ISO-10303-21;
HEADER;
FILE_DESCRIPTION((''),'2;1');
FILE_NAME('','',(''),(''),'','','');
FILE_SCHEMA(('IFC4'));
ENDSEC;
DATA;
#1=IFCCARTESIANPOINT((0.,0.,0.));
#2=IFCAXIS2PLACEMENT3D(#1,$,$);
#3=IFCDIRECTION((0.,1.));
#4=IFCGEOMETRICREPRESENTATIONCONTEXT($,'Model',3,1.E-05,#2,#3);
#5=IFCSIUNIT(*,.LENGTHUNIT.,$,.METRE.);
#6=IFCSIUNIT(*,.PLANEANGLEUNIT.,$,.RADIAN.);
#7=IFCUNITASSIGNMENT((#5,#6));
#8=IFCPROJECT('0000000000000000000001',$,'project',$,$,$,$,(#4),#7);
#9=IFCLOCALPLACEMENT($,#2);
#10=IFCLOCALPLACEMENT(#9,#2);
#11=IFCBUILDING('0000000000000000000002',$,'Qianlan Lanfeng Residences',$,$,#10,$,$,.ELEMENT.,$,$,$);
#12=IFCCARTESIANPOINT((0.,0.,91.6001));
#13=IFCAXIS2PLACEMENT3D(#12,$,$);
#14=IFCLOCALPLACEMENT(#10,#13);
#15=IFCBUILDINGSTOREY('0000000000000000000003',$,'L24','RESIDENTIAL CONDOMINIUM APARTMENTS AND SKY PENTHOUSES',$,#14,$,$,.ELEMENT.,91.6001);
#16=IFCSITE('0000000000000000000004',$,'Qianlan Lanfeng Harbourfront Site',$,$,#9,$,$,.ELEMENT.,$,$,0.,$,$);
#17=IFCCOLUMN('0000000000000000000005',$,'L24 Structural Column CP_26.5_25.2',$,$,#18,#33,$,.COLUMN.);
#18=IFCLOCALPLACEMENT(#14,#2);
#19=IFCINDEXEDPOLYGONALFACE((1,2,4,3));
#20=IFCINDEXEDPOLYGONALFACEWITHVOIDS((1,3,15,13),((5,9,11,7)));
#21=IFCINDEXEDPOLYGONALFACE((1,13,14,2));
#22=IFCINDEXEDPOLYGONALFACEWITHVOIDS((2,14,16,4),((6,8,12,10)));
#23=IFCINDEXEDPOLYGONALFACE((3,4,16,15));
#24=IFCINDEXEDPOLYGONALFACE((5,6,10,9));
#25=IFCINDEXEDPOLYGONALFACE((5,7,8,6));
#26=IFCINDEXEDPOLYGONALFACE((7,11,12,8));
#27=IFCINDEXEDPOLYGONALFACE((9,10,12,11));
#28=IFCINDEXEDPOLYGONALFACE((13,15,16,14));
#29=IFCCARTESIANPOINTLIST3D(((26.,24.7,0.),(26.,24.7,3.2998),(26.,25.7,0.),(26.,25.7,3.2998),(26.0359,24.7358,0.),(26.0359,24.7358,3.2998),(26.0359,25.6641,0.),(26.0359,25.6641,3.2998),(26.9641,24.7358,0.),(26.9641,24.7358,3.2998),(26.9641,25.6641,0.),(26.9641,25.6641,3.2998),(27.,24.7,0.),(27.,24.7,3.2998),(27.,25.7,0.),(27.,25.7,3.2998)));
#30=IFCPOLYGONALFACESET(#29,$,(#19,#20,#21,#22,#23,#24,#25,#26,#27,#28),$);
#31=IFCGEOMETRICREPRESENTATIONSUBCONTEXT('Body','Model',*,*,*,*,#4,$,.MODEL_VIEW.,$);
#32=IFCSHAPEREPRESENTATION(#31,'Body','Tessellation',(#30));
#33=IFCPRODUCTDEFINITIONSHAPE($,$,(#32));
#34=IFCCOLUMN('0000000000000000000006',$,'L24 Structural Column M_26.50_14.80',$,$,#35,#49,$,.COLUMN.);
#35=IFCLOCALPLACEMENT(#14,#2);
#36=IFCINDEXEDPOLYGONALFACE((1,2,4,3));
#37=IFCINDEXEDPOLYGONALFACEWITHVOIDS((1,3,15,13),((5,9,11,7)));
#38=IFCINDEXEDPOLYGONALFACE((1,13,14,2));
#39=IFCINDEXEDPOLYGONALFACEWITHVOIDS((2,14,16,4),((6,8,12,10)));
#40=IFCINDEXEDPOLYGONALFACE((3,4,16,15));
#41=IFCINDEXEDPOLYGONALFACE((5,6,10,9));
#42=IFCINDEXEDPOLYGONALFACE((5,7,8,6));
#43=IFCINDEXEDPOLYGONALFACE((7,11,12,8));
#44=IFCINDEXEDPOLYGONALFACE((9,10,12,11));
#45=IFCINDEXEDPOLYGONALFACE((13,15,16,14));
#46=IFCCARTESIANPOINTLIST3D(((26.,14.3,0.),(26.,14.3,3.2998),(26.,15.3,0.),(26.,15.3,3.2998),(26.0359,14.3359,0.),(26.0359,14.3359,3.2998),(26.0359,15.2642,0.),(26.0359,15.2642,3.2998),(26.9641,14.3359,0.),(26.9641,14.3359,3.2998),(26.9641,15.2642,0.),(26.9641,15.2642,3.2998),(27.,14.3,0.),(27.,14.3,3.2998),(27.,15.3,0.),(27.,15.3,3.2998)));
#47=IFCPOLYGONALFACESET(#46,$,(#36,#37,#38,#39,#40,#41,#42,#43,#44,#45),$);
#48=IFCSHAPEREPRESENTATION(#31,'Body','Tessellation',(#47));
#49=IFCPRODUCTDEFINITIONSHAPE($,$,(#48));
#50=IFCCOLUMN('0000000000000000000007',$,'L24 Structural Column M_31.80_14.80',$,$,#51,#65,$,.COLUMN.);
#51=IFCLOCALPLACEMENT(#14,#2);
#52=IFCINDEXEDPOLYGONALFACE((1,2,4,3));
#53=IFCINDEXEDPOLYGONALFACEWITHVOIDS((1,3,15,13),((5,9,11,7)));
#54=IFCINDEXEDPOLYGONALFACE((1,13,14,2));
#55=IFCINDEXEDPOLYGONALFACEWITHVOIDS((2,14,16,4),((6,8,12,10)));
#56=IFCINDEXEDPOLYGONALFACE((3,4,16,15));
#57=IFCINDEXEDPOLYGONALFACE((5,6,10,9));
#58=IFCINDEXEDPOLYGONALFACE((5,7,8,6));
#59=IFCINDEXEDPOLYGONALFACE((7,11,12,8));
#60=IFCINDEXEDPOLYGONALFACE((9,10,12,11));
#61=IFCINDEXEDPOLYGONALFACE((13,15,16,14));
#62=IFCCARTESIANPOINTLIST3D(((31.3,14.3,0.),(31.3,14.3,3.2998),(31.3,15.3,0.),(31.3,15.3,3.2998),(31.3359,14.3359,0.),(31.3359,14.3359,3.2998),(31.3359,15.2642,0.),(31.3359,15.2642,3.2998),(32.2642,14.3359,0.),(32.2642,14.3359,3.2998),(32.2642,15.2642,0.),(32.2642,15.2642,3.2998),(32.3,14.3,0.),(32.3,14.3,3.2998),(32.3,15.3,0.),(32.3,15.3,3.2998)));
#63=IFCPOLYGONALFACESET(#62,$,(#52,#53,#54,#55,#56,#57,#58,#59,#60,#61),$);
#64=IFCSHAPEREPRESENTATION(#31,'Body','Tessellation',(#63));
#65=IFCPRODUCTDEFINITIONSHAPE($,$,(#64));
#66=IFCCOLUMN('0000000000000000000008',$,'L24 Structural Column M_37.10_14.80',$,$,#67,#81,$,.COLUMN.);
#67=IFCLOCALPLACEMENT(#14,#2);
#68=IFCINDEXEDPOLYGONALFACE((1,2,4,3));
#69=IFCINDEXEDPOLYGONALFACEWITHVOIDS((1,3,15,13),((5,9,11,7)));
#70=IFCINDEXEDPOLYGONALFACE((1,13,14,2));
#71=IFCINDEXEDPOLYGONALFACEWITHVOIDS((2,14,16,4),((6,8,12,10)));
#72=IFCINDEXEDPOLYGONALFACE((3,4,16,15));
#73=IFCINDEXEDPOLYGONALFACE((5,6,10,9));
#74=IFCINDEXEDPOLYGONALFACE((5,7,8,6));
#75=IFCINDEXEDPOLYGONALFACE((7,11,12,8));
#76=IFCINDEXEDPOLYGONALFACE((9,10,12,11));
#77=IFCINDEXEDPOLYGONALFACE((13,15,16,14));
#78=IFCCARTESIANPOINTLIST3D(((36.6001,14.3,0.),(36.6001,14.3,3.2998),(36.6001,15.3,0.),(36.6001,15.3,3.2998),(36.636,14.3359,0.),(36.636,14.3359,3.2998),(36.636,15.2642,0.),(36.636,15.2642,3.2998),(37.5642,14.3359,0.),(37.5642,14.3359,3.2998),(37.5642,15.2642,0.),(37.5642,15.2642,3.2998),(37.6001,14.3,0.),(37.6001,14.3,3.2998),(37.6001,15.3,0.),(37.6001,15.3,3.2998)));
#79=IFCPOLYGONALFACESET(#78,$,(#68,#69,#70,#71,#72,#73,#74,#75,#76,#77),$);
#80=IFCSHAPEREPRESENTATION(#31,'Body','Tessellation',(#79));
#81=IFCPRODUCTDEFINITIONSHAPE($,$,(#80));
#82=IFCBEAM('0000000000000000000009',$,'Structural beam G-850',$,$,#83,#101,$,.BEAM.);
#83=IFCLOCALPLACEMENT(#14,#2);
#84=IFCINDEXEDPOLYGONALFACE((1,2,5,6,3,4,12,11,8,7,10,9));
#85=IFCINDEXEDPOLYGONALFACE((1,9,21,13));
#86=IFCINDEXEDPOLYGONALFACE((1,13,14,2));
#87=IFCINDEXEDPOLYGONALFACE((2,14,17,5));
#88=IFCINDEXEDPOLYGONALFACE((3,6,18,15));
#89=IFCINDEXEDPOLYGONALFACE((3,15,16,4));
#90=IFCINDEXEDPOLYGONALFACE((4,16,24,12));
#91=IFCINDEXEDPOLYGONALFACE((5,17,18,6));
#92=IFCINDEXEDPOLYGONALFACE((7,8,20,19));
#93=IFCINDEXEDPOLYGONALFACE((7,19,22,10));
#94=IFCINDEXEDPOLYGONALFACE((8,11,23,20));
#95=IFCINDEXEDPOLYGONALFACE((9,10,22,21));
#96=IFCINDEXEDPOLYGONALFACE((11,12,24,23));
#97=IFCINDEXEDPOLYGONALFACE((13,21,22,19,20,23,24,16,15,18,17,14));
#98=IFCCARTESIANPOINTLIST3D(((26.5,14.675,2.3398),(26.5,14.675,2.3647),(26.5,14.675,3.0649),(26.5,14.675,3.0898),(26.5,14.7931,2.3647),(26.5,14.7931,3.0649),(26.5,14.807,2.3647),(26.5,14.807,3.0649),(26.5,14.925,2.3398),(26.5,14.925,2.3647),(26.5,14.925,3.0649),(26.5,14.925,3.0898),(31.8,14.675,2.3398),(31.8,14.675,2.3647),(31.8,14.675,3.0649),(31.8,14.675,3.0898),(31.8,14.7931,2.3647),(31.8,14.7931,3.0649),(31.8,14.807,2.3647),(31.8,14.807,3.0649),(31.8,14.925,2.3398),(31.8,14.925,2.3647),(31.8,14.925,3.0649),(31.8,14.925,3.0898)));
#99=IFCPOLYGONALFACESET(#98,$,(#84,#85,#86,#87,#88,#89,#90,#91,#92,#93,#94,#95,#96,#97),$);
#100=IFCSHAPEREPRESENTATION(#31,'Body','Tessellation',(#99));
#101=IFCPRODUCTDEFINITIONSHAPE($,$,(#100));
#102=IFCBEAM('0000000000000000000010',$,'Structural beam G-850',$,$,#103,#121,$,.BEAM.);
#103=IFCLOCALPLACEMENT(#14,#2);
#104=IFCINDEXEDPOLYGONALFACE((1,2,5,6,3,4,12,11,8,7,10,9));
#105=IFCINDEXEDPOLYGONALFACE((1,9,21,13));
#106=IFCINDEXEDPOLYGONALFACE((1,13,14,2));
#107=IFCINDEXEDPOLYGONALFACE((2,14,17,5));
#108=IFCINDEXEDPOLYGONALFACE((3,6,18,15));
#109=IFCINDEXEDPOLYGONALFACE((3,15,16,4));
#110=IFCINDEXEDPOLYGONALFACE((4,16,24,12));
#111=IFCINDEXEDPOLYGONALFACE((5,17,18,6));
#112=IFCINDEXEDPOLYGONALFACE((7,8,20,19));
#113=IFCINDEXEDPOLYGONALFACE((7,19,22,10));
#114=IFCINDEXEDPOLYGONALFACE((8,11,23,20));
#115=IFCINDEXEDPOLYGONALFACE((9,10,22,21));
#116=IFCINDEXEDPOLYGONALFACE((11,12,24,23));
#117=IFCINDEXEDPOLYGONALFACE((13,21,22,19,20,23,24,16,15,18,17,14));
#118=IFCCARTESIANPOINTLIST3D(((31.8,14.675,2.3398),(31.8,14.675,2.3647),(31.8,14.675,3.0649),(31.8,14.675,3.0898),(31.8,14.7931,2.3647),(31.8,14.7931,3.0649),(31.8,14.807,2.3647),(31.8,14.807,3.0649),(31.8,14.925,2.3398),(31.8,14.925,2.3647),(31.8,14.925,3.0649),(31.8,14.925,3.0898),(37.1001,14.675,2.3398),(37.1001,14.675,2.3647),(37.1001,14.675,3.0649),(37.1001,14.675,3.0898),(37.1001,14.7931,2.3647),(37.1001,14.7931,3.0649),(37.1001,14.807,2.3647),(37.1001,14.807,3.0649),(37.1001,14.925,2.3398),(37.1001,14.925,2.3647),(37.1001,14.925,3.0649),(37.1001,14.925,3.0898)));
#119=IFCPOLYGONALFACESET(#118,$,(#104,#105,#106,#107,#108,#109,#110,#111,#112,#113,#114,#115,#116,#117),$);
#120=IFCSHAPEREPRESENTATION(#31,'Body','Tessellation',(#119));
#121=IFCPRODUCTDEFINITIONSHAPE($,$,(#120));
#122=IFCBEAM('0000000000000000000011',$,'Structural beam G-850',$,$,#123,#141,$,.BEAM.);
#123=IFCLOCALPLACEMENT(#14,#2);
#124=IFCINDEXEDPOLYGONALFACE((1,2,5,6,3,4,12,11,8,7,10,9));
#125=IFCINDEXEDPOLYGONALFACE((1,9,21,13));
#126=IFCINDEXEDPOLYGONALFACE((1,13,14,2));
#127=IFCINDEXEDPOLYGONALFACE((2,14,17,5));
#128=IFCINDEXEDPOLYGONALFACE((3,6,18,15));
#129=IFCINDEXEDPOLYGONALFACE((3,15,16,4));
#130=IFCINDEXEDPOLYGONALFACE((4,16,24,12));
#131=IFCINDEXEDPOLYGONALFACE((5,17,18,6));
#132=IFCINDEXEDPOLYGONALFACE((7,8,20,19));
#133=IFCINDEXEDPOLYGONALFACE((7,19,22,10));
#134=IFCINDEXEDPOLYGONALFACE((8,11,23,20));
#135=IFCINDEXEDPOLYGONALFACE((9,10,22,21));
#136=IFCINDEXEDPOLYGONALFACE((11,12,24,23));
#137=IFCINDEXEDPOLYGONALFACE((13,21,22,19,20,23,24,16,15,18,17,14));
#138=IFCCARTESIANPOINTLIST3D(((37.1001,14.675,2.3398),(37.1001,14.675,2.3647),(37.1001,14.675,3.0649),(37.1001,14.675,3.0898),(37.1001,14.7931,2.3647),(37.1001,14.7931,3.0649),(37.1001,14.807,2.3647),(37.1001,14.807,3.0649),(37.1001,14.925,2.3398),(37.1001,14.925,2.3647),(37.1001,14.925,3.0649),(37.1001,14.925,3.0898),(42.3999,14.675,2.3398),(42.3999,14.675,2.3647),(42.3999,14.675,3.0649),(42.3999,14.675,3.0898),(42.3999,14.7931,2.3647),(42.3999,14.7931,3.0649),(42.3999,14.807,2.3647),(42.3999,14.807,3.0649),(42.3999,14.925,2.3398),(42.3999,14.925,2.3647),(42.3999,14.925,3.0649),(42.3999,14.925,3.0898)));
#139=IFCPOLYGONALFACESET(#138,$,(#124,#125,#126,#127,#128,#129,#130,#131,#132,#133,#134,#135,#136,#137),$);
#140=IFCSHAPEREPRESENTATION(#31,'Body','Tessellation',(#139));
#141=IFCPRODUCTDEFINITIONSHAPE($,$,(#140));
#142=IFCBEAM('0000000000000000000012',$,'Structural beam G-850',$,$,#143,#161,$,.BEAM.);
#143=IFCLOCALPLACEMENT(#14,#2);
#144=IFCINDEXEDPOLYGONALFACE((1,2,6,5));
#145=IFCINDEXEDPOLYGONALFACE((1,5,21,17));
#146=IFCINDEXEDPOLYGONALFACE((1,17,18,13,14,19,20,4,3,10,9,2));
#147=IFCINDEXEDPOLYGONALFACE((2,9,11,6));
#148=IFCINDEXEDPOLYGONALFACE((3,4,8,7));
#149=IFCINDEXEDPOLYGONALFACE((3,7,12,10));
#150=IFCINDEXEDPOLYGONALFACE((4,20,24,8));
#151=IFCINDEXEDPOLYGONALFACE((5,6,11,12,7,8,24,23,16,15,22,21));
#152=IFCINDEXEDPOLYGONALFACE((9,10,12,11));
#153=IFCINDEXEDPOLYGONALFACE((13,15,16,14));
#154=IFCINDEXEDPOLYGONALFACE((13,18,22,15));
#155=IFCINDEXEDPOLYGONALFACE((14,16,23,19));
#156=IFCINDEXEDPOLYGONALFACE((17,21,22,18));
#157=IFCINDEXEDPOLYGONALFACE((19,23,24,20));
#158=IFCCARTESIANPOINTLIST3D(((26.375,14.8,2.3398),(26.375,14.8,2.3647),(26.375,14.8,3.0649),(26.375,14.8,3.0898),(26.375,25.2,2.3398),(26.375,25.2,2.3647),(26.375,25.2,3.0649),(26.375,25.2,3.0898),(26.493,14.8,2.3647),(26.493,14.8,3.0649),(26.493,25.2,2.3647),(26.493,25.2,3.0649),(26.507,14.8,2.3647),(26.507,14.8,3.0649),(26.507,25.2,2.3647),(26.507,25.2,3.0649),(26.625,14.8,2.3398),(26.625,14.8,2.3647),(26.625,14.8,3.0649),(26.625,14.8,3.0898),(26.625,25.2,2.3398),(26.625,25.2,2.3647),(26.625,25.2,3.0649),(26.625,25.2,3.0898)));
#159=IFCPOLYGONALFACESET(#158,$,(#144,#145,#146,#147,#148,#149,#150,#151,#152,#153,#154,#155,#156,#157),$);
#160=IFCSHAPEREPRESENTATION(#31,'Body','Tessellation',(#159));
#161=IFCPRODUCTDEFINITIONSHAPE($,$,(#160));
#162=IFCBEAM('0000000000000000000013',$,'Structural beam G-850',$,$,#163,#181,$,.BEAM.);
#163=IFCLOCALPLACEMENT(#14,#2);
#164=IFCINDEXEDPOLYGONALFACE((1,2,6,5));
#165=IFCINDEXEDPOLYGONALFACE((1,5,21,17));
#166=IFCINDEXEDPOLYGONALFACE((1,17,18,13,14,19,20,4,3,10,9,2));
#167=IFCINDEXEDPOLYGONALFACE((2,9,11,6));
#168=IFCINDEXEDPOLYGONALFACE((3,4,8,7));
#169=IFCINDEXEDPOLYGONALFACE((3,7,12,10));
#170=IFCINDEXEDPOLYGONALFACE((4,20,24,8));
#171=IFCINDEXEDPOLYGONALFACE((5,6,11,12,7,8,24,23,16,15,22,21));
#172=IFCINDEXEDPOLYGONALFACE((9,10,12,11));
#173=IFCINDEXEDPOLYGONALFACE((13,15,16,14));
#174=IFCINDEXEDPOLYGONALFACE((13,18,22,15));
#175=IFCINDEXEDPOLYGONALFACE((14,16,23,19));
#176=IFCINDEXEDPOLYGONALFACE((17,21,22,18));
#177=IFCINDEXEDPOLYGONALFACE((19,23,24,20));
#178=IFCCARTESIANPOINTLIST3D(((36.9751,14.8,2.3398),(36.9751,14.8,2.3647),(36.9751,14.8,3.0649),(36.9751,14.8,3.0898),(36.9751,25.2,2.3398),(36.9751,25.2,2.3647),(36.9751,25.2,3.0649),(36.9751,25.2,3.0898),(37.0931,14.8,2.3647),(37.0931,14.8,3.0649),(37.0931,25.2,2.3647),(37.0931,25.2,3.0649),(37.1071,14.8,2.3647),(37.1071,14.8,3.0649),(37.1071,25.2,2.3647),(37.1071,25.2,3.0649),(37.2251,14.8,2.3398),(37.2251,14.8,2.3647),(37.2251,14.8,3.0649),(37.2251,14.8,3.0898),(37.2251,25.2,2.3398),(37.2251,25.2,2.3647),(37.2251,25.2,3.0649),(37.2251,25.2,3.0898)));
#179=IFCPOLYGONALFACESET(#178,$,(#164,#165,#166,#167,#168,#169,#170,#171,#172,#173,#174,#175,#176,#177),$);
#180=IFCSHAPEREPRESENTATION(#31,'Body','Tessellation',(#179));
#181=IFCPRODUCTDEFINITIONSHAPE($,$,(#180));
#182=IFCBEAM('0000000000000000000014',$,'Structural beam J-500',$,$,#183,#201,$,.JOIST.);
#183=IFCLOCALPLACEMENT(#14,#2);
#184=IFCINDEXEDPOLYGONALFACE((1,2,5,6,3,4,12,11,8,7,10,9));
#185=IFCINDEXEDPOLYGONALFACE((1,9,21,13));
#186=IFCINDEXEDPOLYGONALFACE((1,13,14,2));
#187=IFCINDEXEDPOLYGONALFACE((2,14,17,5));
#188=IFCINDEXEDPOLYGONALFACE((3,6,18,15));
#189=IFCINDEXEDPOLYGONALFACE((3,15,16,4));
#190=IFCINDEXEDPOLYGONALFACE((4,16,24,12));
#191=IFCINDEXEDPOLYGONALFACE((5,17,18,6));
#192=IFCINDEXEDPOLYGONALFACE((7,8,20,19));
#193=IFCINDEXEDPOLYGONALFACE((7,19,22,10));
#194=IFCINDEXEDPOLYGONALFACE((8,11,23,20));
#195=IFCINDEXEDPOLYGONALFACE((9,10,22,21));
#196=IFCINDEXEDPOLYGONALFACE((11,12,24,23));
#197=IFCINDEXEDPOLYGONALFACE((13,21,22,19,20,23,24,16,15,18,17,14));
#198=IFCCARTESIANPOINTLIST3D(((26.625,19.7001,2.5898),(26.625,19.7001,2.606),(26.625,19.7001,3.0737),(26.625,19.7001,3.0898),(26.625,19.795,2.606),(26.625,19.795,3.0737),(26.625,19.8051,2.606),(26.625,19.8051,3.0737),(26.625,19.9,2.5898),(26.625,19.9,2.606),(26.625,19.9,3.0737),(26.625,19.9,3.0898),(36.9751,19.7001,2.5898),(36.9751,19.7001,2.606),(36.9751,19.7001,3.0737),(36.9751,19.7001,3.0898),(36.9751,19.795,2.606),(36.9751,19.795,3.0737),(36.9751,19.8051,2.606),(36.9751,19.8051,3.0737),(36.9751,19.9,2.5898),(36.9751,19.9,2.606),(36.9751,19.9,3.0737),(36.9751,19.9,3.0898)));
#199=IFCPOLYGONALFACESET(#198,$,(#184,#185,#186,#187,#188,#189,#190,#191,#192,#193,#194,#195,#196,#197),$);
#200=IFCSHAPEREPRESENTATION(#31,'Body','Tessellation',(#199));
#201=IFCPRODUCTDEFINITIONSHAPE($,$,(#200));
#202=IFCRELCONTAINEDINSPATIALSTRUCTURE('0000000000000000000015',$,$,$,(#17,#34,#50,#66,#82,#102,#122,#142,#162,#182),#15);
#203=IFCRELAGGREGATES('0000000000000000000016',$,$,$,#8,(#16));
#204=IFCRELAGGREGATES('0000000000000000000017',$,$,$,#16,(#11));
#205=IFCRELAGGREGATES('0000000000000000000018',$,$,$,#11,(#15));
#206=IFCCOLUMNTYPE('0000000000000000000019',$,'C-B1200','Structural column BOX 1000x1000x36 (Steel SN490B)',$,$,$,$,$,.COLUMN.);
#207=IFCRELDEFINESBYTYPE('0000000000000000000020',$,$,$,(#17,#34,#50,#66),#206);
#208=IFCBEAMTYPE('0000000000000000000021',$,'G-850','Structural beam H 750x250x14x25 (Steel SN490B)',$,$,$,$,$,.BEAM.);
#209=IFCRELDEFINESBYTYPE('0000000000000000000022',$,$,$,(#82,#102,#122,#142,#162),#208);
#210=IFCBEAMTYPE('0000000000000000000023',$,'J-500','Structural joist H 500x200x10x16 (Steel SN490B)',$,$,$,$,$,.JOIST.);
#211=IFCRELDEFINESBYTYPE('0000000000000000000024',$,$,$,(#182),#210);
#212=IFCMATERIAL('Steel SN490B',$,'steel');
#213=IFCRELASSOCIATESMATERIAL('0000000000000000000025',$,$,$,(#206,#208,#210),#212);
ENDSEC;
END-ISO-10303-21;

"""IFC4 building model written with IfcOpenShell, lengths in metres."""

from ifc_helpers import new_model, si_unit, direction, frame, origin, origin_2d, place, context, subcontext, project, spatial, hollow_rectangle, i_section, extrude, material, material_profile, profile_set, type_object, element, save


model = new_model("IFC4")

# Units and contexts
model_context = context("Model", 3, precision=1e-05, world=origin(), true_north=direction((0.0, 1.0)))
body_context = subcontext(model_context, "Body", "Model", "MODEL_VIEW")
ifc_project = project(units=[si_unit("LENGTHUNIT", "METRE"), si_unit("PLANEANGLEUNIT", "RADIAN")], contexts=[model_context])

# Site, building, storey
site_placement = place(None, origin())
site = spatial("IfcSite", under=ifc_project, at=site_placement, Name="Qianlan Lanfeng Harbourfront Site", CompositionType="ELEMENT", RefElevation=0.0)
building_placement = place(site_placement, origin())
building = spatial("IfcBuilding", under=site, at=building_placement, Name="Qianlan Lanfeng Residences", CompositionType="ELEMENT")
storey_placement = place(building_placement, frame((0.0, 0.0, 91.6001)))
storey = spatial("IfcBuildingStorey", under=building, at=storey_placement, Name="L24", Description="RESIDENTIAL CONDOMINIUM APARTMENTS AND SKY PENTHOUSES", CompositionType="ELEMENT", Elevation=91.6001)

# Columns
ifc_material_1 = material(Name="Steel SN490B", Category="steel")
ifc_material_profile_1 = material_profile(ifc_material_1, hollow_rectangle(XDim=1.0, YDim=1.0, WallThickness=0.0359, at=origin_2d()), Name="BOX 1000x1000x36")
ifc_profile_set_1 = profile_set([ifc_material_profile_1], Name="Steel SN490B")
column_type = type_object("IfcColumnType", Name="C-B1200", Description="Structural column BOX 1000x1000x36 (Steel SN490B)", PredefinedType="COLUMN", material=ifc_profile_set_1)
for number, where, z_axis, x_axis, name in (
    (1, (26.5, 25.2, 0.0), (0.0, 0.0, 1.0), (1.0, 0.0, 0.0), "L24 Structural Column CP_26.5_25.2"),
    (2, (26.5, 14.8, 0.0), (0.0, 0.0, 1.0), (1.0, 0.0, 0.0), "L24 Structural Column M_26.50_14.80"),
    (3, (31.8, 14.8, 0.0), (0.0, 0.0, 1.0), (1.0, 0.0, 0.0), "L24 Structural Column M_31.80_14.80"),
    (4, (37.1001, 14.8, 0.0), (0.0, 0.0, 1.0), (1.0, 0.0, 0.0), "L24 Structural Column M_37.10_14.80"),
):
    element("IfcColumn", number, at=place(storey_placement, frame(where, z_axis=z_axis, x_axis=x_axis)), inside=storey, type_object=column_type, Name=name, PredefinedType="COLUMN", context=body_context, shape_type="SweptSolid", body=[
        extrude(hollow_rectangle(XDim=1.0, YDim=1.0, WallThickness=0.0359, at=origin_2d()), origin(), (0.0, 0.0, 1.0), 3.2998),
    ])

# Beams
ifc_material_profile_2 = material_profile(ifc_material_1, i_section(OverallWidth=0.25, OverallDepth=0.75, WebThickness=0.0139, FlangeThickness=0.0249, at=origin_2d()), Name="H 750x250x14x25")
ifc_profile_set_2 = profile_set([ifc_material_profile_2], Name="Steel SN490B")
beam_type_1 = type_object("IfcBeamType", Name="G-850", Description="Structural beam H 750x250x14x25 (Steel SN490B)", PredefinedType="BEAM", material=ifc_profile_set_2)
for number, where, z_axis, x_axis, name in (
    (5, (26.5, 14.8, 2.7148), (1.0, 0.0, 0.0), (0.0, 1.0, 0.0), "Structural beam G-850"),
    (6, (31.8, 14.8, 2.7148), (1.0, 0.0, 0.0), (0.0, 1.0, 0.0), "Structural beam G-850"),
):
    element("IfcBeam", number, at=place(storey_placement, frame(where, z_axis=z_axis, x_axis=x_axis)), inside=storey, type_object=beam_type_1, Name=name, PredefinedType="BEAM", context=body_context, shape_type="SweptSolid", body=[
        extrude(i_section(OverallWidth=0.25, OverallDepth=0.75, WebThickness=0.0139, FlangeThickness=0.0249, at=origin_2d()), origin(), (0.0, 0.0, 1.0), 5.3),
    ])
beam_1_placement = place(storey_placement, frame((37.1001, 14.8, 2.7148), z_axis=(1.0, 0.0, 0.0), x_axis=(0.0, 1.0, 0.0)))
element("IfcBeam", 7, at=beam_1_placement, inside=storey, type_object=beam_type_1, Name="Structural beam G-850", PredefinedType="BEAM", context=body_context, shape_type="SweptSolid", body=[
    extrude(i_section(OverallWidth=0.25, OverallDepth=0.75, WebThickness=0.0139, FlangeThickness=0.0249, at=origin_2d()), origin(), (0.0, 0.0, 1.0), 5.2998),
])
for number, where, z_axis, x_axis, name in (
    (8, (26.5, 14.8, 2.7148), (0.0, 1.0, 0.0), (-1.0, 0.0, 0.0), "Structural beam G-850"),
    (9, (37.1001, 14.8, 2.7148), (0.0, 1.0, 0.0), (-1.0, 0.0, 0.0), "Structural beam G-850"),
):
    element("IfcBeam", number, at=place(storey_placement, frame(where, z_axis=z_axis, x_axis=x_axis)), inside=storey, type_object=beam_type_1, Name=name, PredefinedType="BEAM", context=body_context, shape_type="SweptSolid", body=[
        extrude(i_section(OverallWidth=0.25, OverallDepth=0.75, WebThickness=0.0139, FlangeThickness=0.0249, at=origin_2d()), origin(), (0.0, 0.0, 1.0), 10.3999),
    ])
ifc_material_profile_3 = material_profile(ifc_material_1, i_section(OverallWidth=0.2, OverallDepth=0.5, WebThickness=0.01, FlangeThickness=0.0161, at=origin_2d()), Name="H 500x200x10x16")
ifc_profile_set_3 = profile_set([ifc_material_profile_3], Name="Steel SN490B")
beam_type_2 = type_object("IfcBeamType", Name="J-500", Description="Structural joist H 500x200x10x16 (Steel SN490B)", PredefinedType="JOIST", material=ifc_profile_set_3)
beam_2_placement = place(storey_placement, frame((26.625, 19.8, 2.8398), z_axis=(1.0, 0.0, 0.0), x_axis=(0.0, 1.0, 0.0)))
element("IfcBeam", 10, at=beam_2_placement, inside=storey, type_object=beam_type_2, Name="Structural beam J-500", PredefinedType="JOIST", context=body_context, shape_type="SweptSolid", body=[
    extrude(i_section(OverallWidth=0.2, OverallDepth=0.5, WebThickness=0.01, FlangeThickness=0.0161, at=origin_2d()), origin(), (0.0, 0.0, 1.0), 10.3501),
])

save(model, "model.ifc")
